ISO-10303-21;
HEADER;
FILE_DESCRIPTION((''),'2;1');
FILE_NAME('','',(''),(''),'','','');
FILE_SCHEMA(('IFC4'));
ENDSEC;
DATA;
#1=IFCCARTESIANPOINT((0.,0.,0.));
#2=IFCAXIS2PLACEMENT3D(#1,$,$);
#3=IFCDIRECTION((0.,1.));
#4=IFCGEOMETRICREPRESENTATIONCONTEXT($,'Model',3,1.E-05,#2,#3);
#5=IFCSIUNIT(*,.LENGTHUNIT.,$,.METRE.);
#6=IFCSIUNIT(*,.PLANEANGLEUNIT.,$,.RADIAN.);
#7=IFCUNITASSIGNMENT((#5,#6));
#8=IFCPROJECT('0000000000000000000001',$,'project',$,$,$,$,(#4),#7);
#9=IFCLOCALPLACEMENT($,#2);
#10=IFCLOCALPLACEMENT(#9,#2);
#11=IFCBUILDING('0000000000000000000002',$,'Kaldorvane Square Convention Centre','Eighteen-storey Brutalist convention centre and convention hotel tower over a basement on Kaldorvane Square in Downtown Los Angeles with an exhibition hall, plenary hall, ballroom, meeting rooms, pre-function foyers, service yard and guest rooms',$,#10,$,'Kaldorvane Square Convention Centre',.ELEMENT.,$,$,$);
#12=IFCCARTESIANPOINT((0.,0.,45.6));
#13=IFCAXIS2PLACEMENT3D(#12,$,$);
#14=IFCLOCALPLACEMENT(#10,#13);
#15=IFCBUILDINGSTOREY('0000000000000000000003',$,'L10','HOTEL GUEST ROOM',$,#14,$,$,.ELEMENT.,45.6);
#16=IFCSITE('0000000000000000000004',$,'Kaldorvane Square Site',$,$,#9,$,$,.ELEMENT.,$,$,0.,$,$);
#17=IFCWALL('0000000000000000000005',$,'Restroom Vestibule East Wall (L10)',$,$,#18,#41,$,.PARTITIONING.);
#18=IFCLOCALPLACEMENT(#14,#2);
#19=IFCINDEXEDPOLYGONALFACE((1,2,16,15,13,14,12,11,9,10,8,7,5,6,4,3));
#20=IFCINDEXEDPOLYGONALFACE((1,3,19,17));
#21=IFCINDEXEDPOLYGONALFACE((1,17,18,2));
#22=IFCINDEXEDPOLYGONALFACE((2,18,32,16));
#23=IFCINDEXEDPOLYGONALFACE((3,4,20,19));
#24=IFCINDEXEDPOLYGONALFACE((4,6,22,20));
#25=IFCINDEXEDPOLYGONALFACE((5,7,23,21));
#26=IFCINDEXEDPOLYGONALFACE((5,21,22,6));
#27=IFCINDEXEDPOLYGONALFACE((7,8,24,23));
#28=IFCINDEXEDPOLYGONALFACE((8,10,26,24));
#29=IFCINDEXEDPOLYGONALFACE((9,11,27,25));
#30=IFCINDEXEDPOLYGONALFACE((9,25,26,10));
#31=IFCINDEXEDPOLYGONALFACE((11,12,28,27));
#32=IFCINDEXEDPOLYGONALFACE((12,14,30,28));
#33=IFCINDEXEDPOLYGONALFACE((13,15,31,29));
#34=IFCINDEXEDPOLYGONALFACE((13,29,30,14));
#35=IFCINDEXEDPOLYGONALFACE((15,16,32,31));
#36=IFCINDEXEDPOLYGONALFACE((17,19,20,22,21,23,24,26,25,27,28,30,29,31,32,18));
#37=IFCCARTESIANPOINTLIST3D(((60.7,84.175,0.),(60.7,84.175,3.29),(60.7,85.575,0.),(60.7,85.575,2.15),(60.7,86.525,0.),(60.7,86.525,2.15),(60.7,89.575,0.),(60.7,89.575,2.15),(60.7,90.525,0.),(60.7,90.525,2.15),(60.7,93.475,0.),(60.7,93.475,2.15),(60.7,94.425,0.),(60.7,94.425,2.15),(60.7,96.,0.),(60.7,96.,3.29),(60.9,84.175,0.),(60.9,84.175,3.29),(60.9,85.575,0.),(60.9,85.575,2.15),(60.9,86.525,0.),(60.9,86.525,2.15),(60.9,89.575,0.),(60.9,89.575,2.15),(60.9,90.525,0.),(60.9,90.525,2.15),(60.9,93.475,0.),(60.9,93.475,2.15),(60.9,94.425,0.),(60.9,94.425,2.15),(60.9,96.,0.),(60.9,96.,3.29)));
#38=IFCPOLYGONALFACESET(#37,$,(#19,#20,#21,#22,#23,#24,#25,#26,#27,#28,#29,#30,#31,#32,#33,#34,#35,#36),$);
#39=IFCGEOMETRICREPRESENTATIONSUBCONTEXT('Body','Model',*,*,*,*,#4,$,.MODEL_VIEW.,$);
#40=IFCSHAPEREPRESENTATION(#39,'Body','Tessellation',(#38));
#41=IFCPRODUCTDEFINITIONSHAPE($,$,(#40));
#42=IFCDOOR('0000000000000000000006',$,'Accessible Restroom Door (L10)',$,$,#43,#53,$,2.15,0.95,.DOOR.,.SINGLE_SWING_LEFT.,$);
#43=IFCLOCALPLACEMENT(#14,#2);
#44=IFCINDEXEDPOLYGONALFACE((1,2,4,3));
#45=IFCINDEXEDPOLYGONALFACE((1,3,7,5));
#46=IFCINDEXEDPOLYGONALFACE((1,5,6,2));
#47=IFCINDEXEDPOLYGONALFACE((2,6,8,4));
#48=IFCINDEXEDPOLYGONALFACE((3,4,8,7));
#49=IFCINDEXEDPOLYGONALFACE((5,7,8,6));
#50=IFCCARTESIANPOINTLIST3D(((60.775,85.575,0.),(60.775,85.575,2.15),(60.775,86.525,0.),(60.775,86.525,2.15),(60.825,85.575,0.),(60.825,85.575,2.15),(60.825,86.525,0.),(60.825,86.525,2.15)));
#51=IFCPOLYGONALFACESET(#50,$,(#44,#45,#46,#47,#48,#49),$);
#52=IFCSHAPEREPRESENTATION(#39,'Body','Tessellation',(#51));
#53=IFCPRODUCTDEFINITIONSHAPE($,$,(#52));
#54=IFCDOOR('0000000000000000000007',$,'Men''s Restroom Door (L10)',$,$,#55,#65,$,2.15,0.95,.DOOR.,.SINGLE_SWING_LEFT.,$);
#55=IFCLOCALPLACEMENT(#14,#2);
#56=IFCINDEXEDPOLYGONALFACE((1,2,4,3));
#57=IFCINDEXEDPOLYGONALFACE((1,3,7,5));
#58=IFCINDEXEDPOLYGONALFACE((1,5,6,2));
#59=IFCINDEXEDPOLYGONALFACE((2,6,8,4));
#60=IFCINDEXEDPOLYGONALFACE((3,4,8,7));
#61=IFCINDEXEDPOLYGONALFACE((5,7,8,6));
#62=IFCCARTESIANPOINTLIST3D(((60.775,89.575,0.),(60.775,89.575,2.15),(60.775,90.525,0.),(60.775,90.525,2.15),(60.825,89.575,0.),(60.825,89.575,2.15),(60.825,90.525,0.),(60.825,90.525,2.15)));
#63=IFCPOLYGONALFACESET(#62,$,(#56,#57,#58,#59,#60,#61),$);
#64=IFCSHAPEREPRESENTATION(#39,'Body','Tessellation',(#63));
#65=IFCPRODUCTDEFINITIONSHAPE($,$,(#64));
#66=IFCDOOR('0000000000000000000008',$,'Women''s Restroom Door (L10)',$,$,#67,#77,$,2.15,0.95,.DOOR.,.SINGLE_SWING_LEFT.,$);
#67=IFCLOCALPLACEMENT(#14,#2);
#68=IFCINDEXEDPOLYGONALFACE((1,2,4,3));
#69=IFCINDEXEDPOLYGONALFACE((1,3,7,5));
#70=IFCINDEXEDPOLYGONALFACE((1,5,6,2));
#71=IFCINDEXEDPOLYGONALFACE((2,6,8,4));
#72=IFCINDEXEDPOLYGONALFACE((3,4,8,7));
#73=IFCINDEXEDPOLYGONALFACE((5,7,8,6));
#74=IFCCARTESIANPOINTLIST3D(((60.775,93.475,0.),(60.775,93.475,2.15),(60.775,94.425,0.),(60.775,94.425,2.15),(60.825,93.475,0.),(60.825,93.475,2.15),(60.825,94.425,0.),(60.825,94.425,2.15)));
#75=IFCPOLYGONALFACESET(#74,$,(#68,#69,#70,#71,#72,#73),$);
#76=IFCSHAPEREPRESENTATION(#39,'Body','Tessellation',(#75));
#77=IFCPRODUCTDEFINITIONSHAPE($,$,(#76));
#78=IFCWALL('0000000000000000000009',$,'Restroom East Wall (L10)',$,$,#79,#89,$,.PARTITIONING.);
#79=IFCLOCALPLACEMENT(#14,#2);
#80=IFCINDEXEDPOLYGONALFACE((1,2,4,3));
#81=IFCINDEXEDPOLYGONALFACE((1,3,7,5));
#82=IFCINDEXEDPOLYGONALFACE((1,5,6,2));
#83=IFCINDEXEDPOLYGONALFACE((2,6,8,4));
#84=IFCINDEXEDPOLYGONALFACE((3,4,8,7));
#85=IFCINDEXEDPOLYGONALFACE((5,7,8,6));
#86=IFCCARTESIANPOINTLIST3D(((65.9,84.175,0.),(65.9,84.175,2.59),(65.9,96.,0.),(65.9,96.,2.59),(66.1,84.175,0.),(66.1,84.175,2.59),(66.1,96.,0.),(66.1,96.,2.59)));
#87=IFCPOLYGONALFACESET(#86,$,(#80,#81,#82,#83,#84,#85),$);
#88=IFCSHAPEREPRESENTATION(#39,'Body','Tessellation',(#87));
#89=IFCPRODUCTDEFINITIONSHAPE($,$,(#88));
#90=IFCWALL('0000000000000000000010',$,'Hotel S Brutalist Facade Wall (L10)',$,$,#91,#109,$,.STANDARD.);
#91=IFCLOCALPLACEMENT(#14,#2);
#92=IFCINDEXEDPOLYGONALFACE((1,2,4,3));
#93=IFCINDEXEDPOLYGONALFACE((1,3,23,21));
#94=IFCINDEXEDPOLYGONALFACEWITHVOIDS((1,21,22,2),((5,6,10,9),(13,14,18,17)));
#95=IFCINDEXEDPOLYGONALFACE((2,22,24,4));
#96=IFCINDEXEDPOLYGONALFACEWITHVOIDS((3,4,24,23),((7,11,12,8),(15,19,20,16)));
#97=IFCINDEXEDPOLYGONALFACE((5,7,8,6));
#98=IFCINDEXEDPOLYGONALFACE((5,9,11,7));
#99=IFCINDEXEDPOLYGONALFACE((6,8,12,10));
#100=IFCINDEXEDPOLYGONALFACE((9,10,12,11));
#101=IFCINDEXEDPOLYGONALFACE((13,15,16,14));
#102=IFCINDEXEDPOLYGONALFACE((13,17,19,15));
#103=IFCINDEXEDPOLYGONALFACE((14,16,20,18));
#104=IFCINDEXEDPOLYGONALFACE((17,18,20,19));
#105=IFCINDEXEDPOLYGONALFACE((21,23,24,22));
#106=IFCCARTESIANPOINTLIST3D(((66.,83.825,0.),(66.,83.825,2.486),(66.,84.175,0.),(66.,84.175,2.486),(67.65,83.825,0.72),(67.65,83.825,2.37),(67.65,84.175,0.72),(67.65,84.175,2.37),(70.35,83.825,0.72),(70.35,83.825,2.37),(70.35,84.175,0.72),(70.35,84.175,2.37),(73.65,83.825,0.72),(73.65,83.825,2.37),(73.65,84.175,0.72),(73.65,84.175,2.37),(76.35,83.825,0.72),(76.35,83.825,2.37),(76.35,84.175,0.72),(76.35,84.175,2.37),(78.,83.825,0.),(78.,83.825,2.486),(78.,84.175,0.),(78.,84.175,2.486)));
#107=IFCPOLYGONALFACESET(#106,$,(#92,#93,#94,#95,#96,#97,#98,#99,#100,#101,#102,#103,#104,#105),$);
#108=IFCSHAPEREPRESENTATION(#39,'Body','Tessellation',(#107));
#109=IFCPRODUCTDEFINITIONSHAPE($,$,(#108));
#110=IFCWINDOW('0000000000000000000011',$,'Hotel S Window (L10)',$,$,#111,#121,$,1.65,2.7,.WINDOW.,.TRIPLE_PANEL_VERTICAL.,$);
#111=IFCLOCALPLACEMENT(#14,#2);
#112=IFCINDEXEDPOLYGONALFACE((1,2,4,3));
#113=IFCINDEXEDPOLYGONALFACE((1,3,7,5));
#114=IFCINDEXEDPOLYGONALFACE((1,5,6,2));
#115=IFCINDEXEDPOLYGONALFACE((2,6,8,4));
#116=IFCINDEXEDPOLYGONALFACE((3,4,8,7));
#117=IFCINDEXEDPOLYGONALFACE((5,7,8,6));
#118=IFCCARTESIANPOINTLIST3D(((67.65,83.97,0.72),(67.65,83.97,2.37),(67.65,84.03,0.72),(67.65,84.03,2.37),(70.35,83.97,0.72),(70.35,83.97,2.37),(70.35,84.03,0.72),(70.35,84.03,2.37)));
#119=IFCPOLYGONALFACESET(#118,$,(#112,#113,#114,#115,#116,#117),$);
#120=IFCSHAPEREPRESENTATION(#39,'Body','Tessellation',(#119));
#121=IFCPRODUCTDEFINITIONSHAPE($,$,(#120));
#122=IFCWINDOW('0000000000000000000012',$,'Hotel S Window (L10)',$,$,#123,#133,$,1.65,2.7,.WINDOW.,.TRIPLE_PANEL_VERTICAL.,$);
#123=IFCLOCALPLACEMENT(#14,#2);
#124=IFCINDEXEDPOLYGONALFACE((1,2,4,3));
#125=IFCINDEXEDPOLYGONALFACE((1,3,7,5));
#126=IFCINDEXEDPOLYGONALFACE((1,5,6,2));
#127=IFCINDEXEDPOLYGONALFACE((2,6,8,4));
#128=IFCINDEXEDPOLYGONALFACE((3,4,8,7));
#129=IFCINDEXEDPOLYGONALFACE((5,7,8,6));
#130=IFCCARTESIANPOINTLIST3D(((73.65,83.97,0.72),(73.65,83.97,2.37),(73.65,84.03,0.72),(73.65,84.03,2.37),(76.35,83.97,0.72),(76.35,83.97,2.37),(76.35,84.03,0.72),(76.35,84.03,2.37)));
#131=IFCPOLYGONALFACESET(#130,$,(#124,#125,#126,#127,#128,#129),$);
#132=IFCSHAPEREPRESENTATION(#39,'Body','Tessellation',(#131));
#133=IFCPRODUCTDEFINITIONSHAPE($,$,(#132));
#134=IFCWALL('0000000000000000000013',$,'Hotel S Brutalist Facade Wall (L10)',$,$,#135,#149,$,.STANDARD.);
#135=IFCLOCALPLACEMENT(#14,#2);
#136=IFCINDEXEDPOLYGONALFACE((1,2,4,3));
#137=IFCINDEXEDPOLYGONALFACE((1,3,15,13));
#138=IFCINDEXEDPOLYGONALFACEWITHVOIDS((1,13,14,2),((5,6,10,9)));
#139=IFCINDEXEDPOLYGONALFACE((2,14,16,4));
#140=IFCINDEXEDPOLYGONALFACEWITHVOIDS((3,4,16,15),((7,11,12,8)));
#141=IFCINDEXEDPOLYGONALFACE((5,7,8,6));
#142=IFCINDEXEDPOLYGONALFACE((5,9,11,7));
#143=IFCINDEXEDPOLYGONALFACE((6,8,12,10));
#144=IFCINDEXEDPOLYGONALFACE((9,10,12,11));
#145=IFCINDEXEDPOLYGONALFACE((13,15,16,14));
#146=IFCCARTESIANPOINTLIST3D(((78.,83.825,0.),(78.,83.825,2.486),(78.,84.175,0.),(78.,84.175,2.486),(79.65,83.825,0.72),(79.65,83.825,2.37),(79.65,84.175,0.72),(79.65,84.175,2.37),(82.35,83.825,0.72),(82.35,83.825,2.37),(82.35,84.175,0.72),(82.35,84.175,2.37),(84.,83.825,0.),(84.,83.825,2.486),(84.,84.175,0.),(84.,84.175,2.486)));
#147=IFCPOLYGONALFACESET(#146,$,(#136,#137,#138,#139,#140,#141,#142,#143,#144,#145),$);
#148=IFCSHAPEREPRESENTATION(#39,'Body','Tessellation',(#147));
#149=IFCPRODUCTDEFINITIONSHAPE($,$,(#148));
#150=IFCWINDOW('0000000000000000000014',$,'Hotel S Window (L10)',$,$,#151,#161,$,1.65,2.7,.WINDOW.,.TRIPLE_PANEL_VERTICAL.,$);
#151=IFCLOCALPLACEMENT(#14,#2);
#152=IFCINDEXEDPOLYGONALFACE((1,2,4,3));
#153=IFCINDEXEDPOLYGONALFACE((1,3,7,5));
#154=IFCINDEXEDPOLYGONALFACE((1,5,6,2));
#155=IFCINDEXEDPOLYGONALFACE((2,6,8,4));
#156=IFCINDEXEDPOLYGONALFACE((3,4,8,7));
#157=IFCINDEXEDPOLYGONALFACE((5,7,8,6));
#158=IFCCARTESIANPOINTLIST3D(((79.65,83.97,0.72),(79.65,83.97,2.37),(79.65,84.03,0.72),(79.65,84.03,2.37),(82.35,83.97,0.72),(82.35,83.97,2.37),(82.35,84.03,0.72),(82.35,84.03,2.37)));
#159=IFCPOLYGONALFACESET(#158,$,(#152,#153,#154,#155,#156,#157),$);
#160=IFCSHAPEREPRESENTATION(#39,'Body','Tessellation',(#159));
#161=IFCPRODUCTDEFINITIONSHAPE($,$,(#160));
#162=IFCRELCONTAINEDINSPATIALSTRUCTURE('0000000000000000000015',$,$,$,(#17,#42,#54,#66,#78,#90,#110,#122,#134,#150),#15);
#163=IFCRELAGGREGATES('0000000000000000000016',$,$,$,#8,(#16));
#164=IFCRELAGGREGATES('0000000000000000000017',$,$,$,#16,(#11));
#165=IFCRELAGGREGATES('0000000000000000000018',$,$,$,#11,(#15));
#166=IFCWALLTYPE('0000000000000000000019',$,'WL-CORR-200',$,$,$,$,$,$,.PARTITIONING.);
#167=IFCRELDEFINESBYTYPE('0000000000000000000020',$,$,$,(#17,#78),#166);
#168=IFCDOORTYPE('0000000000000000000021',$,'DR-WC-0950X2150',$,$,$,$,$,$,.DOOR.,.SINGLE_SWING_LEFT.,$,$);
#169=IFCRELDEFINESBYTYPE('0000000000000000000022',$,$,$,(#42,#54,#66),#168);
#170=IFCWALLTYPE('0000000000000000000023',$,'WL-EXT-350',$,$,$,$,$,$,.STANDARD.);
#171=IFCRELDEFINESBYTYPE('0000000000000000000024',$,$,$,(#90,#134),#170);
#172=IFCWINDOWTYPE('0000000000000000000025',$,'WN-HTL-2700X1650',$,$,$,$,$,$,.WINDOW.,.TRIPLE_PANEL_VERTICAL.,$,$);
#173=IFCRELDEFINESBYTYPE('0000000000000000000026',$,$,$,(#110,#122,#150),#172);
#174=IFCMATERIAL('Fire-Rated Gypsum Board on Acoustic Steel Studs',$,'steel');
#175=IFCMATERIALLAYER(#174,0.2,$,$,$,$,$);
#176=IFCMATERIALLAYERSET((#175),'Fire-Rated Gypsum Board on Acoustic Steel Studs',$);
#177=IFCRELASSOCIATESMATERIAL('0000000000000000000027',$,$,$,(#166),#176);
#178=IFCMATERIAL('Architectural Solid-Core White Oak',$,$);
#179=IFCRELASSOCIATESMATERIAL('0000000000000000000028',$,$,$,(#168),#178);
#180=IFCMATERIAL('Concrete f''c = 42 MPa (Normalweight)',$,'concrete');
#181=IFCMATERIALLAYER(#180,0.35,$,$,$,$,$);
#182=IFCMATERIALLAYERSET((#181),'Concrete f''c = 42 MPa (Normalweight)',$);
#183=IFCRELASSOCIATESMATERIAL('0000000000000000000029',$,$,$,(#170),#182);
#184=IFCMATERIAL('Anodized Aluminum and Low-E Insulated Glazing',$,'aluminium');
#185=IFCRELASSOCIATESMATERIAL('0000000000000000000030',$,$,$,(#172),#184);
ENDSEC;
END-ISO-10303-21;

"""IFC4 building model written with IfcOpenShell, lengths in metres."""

from ifc_helpers import new_model, si_unit, direction, frame, frame_2d, origin, place, context, subcontext, project, spatial, rectangle, extrude, material, layer, layer_set, type_object, element, fill, save


model = new_model("IFC4")

# Units and contexts
model_context = context("Model", 3, precision=1e-05, world=origin(), true_north=direction((0.0, 1.0)))
body_context = subcontext(model_context, "Body", "Model", "MODEL_VIEW")
ifc_project = project(units=[si_unit("LENGTHUNIT", "METRE"), si_unit("PLANEANGLEUNIT", "RADIAN")], contexts=[model_context])

# Site, building, storey
site_placement = place(None, origin())
site = spatial("IfcSite", under=ifc_project, at=site_placement, Name="Kaldorvane Square Site", CompositionType="ELEMENT", RefElevation=0.0)
building_placement = place(site_placement, origin())
building = spatial("IfcBuilding", under=site, at=building_placement, Name="Kaldorvane Square Convention Centre", Description="Eighteen-storey Brutalist convention centre and convention hotel tower over a basement on Kaldorvane Square in Downtown Los Angeles with an exhibition hall, plenary hall, ballroom, meeting rooms, pre-function foyers, service yard and guest rooms", LongName="Kaldorvane Square Convention Centre", CompositionType="ELEMENT")
storey_placement = place(building_placement, frame((0.0, 0.0, 45.6)))
storey = spatial("IfcBuildingStorey", under=building, at=storey_placement, Name="L10", Description="HOTEL GUEST ROOM", CompositionType="ELEMENT", Elevation=45.6)

# Shared definitions
ifc_material_1 = material(Name="Concrete f'c = 42 MPa (Normalweight)", Category="concrete")

# Shared definitions
ifc_material_2 = material(Name="Fire-Rated Gypsum Board on Acoustic Steel Studs", Category="steel")
ifc_layer_1 = layer(ifc_material_2, 0.2)
ifc_layer_set_1 = layer_set([ifc_layer_1], Name="Fire-Rated Gypsum Board on Acoustic Steel Studs")
wall_type_1 = type_object("IfcWallType", Name="WL-CORR-200", PredefinedType="PARTITIONING", material=ifc_layer_set_1)

# Wall, openings, doors
wall_1_placement = place(storey_placement, frame((60.8, 84.175, 0.0), z_axis=(0.0, 0.0, 1.0), x_axis=(0.0, 1.0, 0.0)))
wall_1 = element("IfcWall", 1, at=wall_1_placement, inside=storey, type_object=wall_type_1, Name="Restroom Vestibule East Wall (L10)", PredefinedType="PARTITIONING", context=body_context, shape_type="SweptSolid", body=[
    extrude(rectangle(XDim=11.825, YDim=0.2, at=frame_2d((5.9125, 0.0))), origin(), (0.0, 0.0, 1.0), 3.29),
])
opening_1_placement = place(wall_1_placement, frame((1.4, 0.0, 0.0)))
opening_1 = element("IfcOpeningElement", 2, at=opening_1_placement, cuts=wall_1, PredefinedType="OPENING", context=body_context, shape_type="SweptSolid", body=[
    extrude(rectangle(XDim=0.95, YDim=2.15, at=frame_2d((0.475, 1.075))), frame((0.0, 0.115, 0.0), z_axis=(0.0, -1.0, 0.0), x_axis=(1.0, 0.0, 0.0)), (0.0, 0.0, 1.0), 0.23),
])
opening_2_placement = place(wall_1_placement, frame((5.4, 0.0, 0.0)))
opening_2 = element("IfcOpeningElement", 3, at=opening_2_placement, cuts=wall_1, PredefinedType="OPENING", context=body_context, shape_type="SweptSolid", body=[
    extrude(rectangle(XDim=0.95, YDim=2.15, at=frame_2d((0.475, 1.075))), frame((0.0, 0.115, 0.0), z_axis=(0.0, -1.0, 0.0), x_axis=(1.0, 0.0, 0.0)), (0.0, 0.0, 1.0), 0.23),
])
opening_3_placement = place(wall_1_placement, frame((9.3, 0.0, 0.0)))
opening_3 = element("IfcOpeningElement", 4, at=opening_3_placement, cuts=wall_1, PredefinedType="OPENING", context=body_context, shape_type="SweptSolid", body=[
    extrude(rectangle(XDim=0.95, YDim=2.15, at=frame_2d((0.475, 1.075))), frame((0.0, 0.115, 0.0), z_axis=(0.0, -1.0, 0.0), x_axis=(1.0, 0.0, 0.0)), (0.0, 0.0, 1.0), 0.23),
])
ifc_material_3 = material(Name="Architectural Solid-Core White Oak")
door_type_1 = type_object("IfcDoorType", Name="DR-WC-0950X2150", OperationType="SINGLE_SWING_LEFT", PredefinedType="DOOR", material=ifc_material_3)
door_1_placement = place(opening_1_placement, origin())
door_1 = element("IfcDoor", 5, at=door_1_placement, inside=storey, type_object=door_type_1, Name="Accessible Restroom Door (L10)", OperationType="SINGLE_SWING_LEFT", OverallHeight=2.15, OverallWidth=0.95, PredefinedType="DOOR", context=body_context, shape_type="SweptSolid", body=[
    extrude(rectangle(XDim=0.95, YDim=2.15, at=frame_2d((0.475, 1.075))), frame((0.0, 0.025, 0.0), z_axis=(0.0, -1.0, 0.0), x_axis=(1.0, 0.0, 0.0)), (0.0, 0.0, 1.0), 0.05),
])
fill(opening_1, door_1)
door_2_placement = place(opening_2_placement, origin())
door_2 = element("IfcDoor", 6, at=door_2_placement, inside=storey, type_object=door_type_1, Name="Men's Restroom Door (L10)", OperationType="SINGLE_SWING_LEFT", OverallHeight=2.15, OverallWidth=0.95, PredefinedType="DOOR", context=body_context, shape_type="SweptSolid", body=[
    extrude(rectangle(XDim=0.95, YDim=2.15, at=frame_2d((0.475, 1.075))), frame((0.0, 0.025, 0.0), z_axis=(0.0, -1.0, 0.0), x_axis=(1.0, 0.0, 0.0)), (0.0, 0.0, 1.0), 0.05),
])
fill(opening_2, door_2)
door_3_placement = place(opening_3_placement, origin())
door_3 = element("IfcDoor", 7, at=door_3_placement, inside=storey, type_object=door_type_1, Name="Women's Restroom Door (L10)", OperationType="SINGLE_SWING_LEFT", OverallHeight=2.15, OverallWidth=0.95, PredefinedType="DOOR", context=body_context, shape_type="SweptSolid", body=[
    extrude(rectangle(XDim=0.95, YDim=2.15, at=frame_2d((0.475, 1.075))), frame((0.0, 0.025, 0.0), z_axis=(0.0, -1.0, 0.0), x_axis=(1.0, 0.0, 0.0)), (0.0, 0.0, 1.0), 0.05),
])
fill(opening_3, door_3)

# Wall
wall_2_placement = place(storey_placement, frame((66.0, 84.175, 0.0), z_axis=(0.0, 0.0, 1.0), x_axis=(0.0, 1.0, 0.0)))
element("IfcWall", 8, at=wall_2_placement, inside=storey, type_object=wall_type_1, Name="Restroom East Wall (L10)", PredefinedType="PARTITIONING", context=body_context, shape_type="SweptSolid", body=[
    extrude(rectangle(XDim=11.825, YDim=0.2, at=frame_2d((5.9125, 0.0))), origin(), (0.0, 0.0, 1.0), 2.59),
])

# Wall, openings, windows
ifc_layer_2 = layer(ifc_material_1, 0.35)
ifc_layer_set_2 = layer_set([ifc_layer_2], Name="Concrete f'c = 42 MPa (Normalweight)")
wall_type_2 = type_object("IfcWallType", Name="WL-EXT-350", PredefinedType="STANDARD", material=ifc_layer_set_2)
wall_3_placement = place(storey_placement, frame((66.0, 84.0, 0.0), z_axis=(0.0, 0.0, 1.0), x_axis=(1.0, 0.0, 0.0)))
wall_3 = element("IfcWall", 9, at=wall_3_placement, inside=storey, type_object=wall_type_2, Name="Hotel S Brutalist Facade Wall (L10)", PredefinedType="STANDARD", context=body_context, shape_type="SweptSolid", body=[
    extrude(rectangle(XDim=12.0, YDim=0.35, at=frame_2d((6.0, 0.0))), origin(), (0.0, 0.0, 1.0), 2.486),
])
opening_4_placement = place(wall_3_placement, frame((1.65, 0.0, 0.72)))
opening_4 = element("IfcOpeningElement", 10, at=opening_4_placement, cuts=wall_3, PredefinedType="OPENING", context=body_context, shape_type="SweptSolid", body=[
    extrude(rectangle(XDim=2.7, YDim=1.65, at=frame_2d((1.35, 0.825))), frame((0.0, 0.19, 0.0), z_axis=(0.0, -1.0, 0.0), x_axis=(1.0, 0.0, 0.0)), (0.0, 0.0, 1.0), 0.38),
])
opening_5_placement = place(wall_3_placement, frame((7.65, 0.0, 0.72)))
opening_5 = element("IfcOpeningElement", 11, at=opening_5_placement, cuts=wall_3, PredefinedType="OPENING", context=body_context, shape_type="SweptSolid", body=[
    extrude(rectangle(XDim=2.7, YDim=1.65, at=frame_2d((1.35, 0.825))), frame((0.0, 0.19, 0.0), z_axis=(0.0, -1.0, 0.0), x_axis=(1.0, 0.0, 0.0)), (0.0, 0.0, 1.0), 0.38),
])
ifc_material_4 = material(Name="Anodized Aluminum and Low-E Insulated Glazing", Category="aluminium")
window_type = type_object("IfcWindowType", Name="WN-HTL-2700X1650", PartitioningType="TRIPLE_PANEL_VERTICAL", PredefinedType="WINDOW", material=ifc_material_4)
window_1_placement = place(opening_4_placement, origin())
window_1 = element("IfcWindow", 12, at=window_1_placement, inside=storey, type_object=window_type, Name="Hotel S Window (L10)", OverallHeight=1.65, OverallWidth=2.7, PartitioningType="TRIPLE_PANEL_VERTICAL", PredefinedType="WINDOW", context=body_context, shape_type="SweptSolid", body=[
    extrude(rectangle(XDim=2.7, YDim=1.65, at=frame_2d((1.35, 0.825))), frame((0.0, 0.03, 0.0), z_axis=(0.0, -1.0, 0.0), x_axis=(1.0, 0.0, 0.0)), (0.0, 0.0, 1.0), 0.06),
])
fill(opening_4, window_1)
window_2_placement = place(opening_5_placement, origin())
window_2 = element("IfcWindow", 13, at=window_2_placement, inside=storey, type_object=window_type, Name="Hotel S Window (L10)", OverallHeight=1.65, OverallWidth=2.7, PartitioningType="TRIPLE_PANEL_VERTICAL", PredefinedType="WINDOW", context=body_context, shape_type="SweptSolid", body=[
    extrude(rectangle(XDim=2.7, YDim=1.65, at=frame_2d((1.35, 0.825))), frame((0.0, 0.03, 0.0), z_axis=(0.0, -1.0, 0.0), x_axis=(1.0, 0.0, 0.0)), (0.0, 0.0, 1.0), 0.06),
])
fill(opening_5, window_2)

# Wall, opening, window
wall_4_placement = place(storey_placement, frame((78.0, 84.0, 0.0), z_axis=(0.0, 0.0, 1.0), x_axis=(1.0, 0.0, 0.0)))
wall_4 = element("IfcWall", 14, at=wall_4_placement, inside=storey, type_object=wall_type_2, Name="Hotel S Brutalist Facade Wall (L10)", PredefinedType="STANDARD", context=body_context, shape_type="SweptSolid", body=[
    extrude(rectangle(XDim=6.0, YDim=0.35, at=frame_2d((3.0, 0.0))), origin(), (0.0, 0.0, 1.0), 2.486),
])
opening_6_placement = place(wall_4_placement, frame((1.65, 0.0, 0.72)))
opening_6 = element("IfcOpeningElement", 15, at=opening_6_placement, cuts=wall_4, PredefinedType="OPENING", context=body_context, shape_type="SweptSolid", body=[
    extrude(rectangle(XDim=2.7, YDim=1.65, at=frame_2d((1.35, 0.825))), frame((0.0, 0.19, 0.0), z_axis=(0.0, -1.0, 0.0), x_axis=(1.0, 0.0, 0.0)), (0.0, 0.0, 1.0), 0.38),
])
window_3_placement = place(opening_6_placement, origin())
window_3 = element("IfcWindow", 16, at=window_3_placement, inside=storey, type_object=window_type, Name="Hotel S Window (L10)", OverallHeight=1.65, OverallWidth=2.7, PartitioningType="TRIPLE_PANEL_VERTICAL", PredefinedType="WINDOW", context=body_context, shape_type="SweptSolid", body=[
    extrude(rectangle(XDim=2.7, YDim=1.65, at=frame_2d((1.35, 0.825))), frame((0.0, 0.03, 0.0), z_axis=(0.0, -1.0, 0.0), x_axis=(1.0, 0.0, 0.0)), (0.0, 0.0, 1.0), 0.06),
])
fill(opening_6, window_3)

save(model, "model.ifc")
